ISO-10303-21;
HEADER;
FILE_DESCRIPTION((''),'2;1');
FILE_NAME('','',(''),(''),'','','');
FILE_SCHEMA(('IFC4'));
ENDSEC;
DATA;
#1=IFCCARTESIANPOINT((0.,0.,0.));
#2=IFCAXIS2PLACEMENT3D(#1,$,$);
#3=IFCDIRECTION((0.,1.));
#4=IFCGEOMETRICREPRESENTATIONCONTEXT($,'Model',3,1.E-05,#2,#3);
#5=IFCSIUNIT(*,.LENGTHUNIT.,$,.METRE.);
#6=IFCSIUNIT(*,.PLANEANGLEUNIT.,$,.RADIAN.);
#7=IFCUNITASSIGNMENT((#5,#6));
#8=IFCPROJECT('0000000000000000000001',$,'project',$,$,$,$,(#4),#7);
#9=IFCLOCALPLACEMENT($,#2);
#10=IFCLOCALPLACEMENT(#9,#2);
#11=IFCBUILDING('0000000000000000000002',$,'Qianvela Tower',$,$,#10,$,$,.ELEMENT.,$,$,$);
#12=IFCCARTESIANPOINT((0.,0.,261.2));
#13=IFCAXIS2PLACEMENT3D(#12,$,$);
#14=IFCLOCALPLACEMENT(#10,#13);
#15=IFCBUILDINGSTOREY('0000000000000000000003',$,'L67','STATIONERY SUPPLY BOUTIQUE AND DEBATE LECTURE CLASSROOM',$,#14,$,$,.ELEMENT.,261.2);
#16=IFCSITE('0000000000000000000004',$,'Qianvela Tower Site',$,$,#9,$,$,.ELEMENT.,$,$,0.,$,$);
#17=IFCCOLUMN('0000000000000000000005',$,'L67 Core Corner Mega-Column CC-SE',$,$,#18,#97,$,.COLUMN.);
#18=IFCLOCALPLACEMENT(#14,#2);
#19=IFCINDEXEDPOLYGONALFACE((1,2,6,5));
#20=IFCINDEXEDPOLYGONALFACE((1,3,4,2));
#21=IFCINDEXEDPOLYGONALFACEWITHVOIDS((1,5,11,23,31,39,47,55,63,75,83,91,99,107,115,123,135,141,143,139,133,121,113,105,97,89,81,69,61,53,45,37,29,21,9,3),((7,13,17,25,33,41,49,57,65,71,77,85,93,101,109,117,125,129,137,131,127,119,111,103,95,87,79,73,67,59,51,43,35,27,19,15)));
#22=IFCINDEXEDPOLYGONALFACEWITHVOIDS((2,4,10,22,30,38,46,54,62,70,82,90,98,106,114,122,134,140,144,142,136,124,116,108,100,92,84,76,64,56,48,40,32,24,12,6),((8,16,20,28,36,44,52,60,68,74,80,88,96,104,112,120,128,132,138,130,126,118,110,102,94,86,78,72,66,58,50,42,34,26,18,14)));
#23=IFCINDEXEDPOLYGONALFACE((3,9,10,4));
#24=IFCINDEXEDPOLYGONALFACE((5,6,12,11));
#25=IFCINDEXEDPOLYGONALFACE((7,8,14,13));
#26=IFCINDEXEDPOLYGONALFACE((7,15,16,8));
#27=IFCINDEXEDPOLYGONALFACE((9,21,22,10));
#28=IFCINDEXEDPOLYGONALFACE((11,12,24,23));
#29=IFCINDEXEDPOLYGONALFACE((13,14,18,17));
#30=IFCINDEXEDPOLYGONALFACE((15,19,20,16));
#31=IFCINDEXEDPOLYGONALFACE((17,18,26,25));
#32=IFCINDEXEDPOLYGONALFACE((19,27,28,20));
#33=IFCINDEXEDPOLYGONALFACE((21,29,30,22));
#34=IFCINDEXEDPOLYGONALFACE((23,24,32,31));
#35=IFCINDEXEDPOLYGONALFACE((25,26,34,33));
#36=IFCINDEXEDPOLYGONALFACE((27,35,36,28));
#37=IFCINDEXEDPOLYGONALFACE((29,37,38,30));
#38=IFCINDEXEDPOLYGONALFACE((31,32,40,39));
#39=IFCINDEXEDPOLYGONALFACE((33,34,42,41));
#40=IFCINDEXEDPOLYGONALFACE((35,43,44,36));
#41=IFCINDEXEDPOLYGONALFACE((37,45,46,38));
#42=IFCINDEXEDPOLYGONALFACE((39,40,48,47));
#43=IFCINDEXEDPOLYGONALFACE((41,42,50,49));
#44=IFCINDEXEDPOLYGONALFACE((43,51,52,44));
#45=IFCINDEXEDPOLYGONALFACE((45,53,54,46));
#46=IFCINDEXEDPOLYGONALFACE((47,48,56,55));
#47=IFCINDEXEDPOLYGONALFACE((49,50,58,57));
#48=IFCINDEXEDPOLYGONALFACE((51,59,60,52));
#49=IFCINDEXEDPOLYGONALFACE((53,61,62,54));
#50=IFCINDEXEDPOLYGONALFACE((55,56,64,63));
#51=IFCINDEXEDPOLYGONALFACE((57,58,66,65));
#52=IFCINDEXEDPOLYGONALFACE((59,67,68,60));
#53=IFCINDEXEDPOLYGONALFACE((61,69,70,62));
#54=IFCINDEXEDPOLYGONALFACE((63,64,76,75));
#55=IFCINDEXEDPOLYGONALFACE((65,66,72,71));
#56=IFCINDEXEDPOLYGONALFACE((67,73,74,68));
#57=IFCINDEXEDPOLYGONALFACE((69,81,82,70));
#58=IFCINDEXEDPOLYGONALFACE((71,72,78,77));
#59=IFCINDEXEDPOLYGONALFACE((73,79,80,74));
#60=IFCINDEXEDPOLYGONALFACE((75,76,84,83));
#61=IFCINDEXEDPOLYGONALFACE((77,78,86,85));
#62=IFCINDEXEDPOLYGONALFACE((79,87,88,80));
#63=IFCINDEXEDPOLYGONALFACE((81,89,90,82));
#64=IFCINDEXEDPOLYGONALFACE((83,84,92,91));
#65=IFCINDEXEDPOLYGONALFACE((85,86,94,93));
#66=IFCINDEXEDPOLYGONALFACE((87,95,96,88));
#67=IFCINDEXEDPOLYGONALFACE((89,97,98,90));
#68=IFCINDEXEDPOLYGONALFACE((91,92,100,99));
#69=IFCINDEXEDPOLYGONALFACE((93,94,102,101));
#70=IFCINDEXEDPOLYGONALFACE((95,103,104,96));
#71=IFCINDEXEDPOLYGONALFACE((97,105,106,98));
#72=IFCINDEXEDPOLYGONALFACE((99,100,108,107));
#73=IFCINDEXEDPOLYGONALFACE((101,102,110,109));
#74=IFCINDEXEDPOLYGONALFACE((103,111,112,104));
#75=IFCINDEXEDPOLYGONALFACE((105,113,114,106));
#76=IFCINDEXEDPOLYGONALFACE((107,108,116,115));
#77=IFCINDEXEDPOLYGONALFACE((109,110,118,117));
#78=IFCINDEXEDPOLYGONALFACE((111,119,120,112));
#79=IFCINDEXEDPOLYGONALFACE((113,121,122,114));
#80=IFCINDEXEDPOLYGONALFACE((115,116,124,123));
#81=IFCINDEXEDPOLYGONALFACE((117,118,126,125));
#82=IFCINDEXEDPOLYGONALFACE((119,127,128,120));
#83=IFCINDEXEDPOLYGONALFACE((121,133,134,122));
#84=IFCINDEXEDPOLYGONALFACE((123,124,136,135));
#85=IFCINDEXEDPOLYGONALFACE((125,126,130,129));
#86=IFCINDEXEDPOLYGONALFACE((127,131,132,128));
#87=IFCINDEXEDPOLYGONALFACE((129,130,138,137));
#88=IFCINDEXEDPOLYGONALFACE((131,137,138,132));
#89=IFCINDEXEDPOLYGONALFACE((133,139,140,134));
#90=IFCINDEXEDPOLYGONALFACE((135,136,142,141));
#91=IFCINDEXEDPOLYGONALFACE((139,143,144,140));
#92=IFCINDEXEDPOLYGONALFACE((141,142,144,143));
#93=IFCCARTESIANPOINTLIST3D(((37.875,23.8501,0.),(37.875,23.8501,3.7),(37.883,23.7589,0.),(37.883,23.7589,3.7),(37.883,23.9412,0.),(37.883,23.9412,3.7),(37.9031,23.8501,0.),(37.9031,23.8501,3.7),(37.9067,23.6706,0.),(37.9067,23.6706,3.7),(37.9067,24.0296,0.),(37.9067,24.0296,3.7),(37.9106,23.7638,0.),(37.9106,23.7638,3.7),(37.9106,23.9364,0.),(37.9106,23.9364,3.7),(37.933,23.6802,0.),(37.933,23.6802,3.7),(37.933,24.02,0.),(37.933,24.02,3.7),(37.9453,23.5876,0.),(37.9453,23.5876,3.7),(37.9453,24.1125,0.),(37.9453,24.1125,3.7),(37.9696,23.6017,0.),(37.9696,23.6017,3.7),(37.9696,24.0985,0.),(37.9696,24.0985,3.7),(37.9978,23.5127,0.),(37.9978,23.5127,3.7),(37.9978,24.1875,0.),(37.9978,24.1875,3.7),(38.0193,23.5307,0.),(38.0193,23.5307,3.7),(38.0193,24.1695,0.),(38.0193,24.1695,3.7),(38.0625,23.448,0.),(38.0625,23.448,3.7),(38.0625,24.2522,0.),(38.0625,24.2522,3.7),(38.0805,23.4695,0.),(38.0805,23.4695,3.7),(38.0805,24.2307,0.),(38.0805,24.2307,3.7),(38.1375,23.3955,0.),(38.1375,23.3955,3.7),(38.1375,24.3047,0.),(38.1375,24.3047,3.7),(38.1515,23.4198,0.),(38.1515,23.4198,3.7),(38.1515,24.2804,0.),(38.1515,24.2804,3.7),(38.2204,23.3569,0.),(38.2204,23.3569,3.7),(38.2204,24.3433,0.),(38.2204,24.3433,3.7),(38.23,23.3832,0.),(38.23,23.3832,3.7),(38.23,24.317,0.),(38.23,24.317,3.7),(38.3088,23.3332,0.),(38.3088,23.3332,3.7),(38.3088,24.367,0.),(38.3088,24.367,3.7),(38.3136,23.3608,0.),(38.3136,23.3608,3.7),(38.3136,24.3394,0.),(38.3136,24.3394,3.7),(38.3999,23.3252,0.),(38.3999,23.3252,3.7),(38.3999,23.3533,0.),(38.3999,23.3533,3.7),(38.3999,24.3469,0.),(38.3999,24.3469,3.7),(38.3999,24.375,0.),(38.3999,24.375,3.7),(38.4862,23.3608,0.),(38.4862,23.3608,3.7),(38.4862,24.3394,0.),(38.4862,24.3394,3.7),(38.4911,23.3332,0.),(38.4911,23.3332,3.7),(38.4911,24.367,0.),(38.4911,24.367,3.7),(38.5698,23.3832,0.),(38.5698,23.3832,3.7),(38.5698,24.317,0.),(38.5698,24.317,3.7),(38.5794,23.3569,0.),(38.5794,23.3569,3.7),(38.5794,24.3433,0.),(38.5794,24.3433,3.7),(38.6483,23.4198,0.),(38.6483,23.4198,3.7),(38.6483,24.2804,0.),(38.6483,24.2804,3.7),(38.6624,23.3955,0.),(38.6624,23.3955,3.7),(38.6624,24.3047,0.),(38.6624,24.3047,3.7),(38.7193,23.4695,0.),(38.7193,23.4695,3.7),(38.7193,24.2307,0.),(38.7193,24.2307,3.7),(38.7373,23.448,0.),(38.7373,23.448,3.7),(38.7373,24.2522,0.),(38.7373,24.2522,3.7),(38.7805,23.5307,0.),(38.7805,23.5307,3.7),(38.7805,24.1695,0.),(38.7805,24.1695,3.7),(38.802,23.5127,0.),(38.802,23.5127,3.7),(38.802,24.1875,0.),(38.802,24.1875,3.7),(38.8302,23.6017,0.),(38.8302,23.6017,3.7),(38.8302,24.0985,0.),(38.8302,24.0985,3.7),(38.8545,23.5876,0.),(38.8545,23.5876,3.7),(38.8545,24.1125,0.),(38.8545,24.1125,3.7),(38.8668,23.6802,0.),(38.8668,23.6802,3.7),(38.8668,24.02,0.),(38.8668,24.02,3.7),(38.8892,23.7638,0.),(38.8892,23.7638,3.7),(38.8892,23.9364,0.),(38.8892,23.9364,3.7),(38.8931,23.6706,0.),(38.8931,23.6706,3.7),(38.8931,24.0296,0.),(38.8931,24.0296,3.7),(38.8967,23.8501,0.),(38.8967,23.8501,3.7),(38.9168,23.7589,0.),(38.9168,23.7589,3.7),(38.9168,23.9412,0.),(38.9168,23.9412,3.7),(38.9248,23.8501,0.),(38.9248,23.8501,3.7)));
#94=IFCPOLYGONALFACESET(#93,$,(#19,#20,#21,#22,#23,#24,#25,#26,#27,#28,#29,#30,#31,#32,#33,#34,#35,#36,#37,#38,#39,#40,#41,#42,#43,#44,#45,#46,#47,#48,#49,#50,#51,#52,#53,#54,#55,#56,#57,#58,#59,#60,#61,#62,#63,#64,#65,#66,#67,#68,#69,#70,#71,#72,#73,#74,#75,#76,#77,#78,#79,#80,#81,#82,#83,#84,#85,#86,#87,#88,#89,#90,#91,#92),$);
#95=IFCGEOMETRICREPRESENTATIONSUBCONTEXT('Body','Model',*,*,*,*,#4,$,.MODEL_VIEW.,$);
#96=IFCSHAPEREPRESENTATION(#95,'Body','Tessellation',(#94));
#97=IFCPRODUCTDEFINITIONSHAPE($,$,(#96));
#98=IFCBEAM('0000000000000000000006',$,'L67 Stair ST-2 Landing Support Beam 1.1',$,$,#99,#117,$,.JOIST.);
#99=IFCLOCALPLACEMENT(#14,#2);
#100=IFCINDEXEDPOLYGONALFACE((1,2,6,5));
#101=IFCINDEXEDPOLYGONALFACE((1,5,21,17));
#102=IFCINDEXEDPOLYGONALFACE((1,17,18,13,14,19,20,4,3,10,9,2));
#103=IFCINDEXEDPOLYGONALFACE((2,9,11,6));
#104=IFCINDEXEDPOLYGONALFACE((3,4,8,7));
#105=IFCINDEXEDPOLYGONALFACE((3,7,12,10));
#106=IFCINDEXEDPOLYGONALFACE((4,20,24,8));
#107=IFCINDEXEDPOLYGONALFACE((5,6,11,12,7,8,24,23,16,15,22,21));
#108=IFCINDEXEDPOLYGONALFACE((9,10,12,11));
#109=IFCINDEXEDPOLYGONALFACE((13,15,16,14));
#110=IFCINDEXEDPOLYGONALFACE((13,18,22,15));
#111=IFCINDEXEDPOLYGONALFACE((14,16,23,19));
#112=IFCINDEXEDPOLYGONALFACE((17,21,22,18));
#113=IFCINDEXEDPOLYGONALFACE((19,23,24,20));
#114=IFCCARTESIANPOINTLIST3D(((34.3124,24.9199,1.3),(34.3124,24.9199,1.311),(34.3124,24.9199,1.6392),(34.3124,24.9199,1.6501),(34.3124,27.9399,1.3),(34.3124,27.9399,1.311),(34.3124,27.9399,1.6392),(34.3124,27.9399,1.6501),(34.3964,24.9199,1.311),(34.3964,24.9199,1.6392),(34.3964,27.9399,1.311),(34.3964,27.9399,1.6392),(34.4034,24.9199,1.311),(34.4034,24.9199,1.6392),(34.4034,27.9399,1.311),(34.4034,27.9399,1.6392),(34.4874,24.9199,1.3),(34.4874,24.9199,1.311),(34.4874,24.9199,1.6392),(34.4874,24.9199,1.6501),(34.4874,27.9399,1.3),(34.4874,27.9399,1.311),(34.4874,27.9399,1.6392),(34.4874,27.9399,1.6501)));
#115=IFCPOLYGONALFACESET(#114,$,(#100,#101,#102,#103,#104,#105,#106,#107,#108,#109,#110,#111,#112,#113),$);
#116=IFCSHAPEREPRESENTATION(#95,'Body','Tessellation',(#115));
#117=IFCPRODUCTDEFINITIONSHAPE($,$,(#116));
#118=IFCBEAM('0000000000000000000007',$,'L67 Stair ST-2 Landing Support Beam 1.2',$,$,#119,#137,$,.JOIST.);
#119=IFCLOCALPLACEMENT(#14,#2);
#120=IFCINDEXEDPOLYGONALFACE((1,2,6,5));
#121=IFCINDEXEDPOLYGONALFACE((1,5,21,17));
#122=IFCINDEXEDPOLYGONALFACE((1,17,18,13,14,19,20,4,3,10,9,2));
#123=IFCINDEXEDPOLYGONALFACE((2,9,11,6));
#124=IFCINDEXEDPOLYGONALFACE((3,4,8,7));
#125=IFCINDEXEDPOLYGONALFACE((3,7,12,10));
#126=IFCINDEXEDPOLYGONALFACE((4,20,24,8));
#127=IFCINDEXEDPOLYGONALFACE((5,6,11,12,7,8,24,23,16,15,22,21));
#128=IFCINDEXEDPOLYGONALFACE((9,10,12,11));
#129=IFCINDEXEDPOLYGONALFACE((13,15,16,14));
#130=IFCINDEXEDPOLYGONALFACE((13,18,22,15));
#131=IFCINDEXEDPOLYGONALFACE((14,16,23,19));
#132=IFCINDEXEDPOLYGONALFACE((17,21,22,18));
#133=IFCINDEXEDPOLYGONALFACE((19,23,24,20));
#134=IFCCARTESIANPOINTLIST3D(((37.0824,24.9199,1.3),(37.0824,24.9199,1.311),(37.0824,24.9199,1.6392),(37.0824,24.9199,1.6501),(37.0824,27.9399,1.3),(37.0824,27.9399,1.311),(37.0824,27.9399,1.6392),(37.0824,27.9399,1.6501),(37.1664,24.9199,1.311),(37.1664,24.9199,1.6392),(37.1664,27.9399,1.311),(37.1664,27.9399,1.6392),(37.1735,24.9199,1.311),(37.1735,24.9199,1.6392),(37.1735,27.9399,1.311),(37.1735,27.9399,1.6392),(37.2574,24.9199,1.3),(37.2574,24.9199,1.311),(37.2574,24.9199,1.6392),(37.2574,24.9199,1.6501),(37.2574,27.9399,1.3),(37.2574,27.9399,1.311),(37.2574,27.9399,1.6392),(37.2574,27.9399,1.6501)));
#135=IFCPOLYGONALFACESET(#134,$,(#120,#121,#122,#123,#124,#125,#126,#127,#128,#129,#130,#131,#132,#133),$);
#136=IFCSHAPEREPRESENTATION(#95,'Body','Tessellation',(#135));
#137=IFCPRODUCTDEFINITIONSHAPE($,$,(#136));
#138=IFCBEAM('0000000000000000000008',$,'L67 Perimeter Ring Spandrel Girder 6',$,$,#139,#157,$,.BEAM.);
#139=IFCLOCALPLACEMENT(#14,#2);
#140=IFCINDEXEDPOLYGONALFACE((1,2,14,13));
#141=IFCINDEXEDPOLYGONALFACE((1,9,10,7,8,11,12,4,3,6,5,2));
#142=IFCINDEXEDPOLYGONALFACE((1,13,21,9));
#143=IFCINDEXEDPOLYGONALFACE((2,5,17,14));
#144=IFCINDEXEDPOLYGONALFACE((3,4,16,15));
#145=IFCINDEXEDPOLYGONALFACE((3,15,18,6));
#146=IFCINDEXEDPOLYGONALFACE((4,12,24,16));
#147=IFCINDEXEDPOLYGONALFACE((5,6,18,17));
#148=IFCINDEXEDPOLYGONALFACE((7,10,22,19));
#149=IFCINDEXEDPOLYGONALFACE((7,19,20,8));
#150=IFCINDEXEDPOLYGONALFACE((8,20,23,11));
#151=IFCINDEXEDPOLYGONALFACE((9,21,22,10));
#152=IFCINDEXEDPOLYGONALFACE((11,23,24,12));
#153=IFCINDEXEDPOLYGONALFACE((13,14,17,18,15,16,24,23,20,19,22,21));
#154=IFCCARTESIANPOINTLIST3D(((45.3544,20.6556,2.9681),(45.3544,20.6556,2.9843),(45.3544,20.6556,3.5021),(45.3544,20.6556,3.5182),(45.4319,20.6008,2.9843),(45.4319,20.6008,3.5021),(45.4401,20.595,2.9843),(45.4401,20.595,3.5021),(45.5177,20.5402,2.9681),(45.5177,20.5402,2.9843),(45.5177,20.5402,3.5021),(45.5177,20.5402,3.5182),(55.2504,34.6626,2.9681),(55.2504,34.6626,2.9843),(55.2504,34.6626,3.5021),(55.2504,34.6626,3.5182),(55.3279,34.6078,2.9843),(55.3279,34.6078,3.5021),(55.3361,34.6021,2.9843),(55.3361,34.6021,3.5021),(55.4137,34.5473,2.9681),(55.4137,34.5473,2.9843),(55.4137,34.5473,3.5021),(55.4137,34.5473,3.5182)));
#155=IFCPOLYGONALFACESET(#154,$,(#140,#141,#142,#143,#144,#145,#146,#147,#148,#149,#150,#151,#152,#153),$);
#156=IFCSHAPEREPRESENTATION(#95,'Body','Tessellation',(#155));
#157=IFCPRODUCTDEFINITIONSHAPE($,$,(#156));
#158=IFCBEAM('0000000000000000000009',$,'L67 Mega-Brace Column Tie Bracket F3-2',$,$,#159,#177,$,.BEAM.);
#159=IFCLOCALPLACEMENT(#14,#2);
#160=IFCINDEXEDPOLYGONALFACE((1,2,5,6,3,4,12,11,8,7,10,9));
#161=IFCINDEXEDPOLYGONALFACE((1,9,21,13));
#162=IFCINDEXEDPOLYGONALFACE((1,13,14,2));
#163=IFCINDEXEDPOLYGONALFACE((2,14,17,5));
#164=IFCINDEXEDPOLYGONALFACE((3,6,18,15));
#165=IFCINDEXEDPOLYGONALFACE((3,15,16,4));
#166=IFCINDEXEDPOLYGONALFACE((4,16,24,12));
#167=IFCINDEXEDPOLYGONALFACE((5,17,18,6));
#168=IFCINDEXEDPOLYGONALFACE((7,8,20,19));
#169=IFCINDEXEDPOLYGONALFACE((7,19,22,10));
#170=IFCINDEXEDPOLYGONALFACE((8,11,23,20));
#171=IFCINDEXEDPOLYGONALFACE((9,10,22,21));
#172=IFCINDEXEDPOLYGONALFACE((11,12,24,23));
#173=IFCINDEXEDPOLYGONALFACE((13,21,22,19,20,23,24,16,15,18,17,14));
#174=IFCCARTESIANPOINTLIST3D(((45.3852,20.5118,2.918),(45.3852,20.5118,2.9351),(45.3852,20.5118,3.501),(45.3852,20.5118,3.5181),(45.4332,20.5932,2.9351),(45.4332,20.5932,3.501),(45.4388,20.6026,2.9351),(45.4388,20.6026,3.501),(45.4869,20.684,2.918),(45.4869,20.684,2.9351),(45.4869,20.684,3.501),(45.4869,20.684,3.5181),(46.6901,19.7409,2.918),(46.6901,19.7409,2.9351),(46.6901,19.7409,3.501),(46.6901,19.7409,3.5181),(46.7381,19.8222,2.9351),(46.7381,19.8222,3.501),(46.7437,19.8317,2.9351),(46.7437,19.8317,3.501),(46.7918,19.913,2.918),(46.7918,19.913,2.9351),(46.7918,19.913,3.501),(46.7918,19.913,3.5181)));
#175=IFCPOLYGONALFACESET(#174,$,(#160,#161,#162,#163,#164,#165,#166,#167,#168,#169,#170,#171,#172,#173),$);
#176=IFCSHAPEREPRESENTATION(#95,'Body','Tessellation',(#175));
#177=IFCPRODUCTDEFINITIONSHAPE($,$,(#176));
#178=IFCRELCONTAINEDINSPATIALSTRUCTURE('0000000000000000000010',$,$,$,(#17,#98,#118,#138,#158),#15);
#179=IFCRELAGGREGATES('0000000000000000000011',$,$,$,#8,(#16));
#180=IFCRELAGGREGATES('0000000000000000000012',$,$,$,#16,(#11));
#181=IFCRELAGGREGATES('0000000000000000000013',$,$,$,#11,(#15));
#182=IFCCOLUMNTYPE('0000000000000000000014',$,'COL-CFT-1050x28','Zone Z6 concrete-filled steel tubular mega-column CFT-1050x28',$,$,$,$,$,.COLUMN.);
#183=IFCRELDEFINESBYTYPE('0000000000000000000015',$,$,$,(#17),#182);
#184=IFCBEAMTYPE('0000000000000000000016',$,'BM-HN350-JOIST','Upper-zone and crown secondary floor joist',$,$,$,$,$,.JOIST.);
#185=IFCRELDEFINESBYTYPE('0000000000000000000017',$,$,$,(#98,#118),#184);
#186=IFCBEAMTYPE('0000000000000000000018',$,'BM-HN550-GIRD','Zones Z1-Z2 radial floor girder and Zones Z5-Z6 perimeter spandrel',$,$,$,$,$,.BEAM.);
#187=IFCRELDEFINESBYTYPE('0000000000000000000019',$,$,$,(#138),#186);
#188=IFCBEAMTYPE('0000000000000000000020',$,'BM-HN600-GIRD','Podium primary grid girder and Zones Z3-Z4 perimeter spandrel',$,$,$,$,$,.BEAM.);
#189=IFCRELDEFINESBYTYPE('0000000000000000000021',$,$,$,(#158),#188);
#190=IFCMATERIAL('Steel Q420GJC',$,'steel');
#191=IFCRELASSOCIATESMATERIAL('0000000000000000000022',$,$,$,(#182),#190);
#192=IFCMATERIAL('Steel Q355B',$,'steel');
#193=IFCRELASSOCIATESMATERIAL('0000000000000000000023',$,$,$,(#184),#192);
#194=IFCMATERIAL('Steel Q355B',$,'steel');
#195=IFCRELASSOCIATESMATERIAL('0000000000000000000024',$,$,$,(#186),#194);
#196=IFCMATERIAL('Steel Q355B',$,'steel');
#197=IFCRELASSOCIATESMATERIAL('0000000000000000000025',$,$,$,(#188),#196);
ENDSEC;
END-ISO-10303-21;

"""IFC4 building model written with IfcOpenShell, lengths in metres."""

from ifc_helpers import new_model, si_unit, direction, frame, origin, origin_2d, place, context, subcontext, project, spatial, hollow_circle, i_section, extrude, material, material_profile, profile_set, type_object, element, save


model = new_model("IFC4")

# Units and contexts
model_context = context("Model", 3, precision=1e-05, world=origin(), true_north=direction((0.0, 1.0)))
body_context = subcontext(model_context, "Body", "Model", "MODEL_VIEW")
ifc_project = project(units=[si_unit("LENGTHUNIT", "METRE"), si_unit("PLANEANGLEUNIT", "RADIAN")], contexts=[model_context])

# Site, building, storey
site_placement = place(None, origin())
site = spatial("IfcSite", under=ifc_project, at=site_placement, Name="Qianvela Tower Site", CompositionType="ELEMENT", RefElevation=0.0)
building_placement = place(site_placement, origin())
building = spatial("IfcBuilding", under=site, at=building_placement, Name="Qianvela Tower", CompositionType="ELEMENT")
storey_placement = place(building_placement, frame((0.0, 0.0, 261.2)))
storey = spatial("IfcBuildingStorey", under=building, at=storey_placement, Name="L67", Description="STATIONERY SUPPLY BOUTIQUE AND DEBATE LECTURE CLASSROOM", CompositionType="ELEMENT", Elevation=261.2)

# Column
ifc_material_1 = material(Name="Steel Q420GJC", Category="steel")
ifc_material_profile_1 = material_profile(ifc_material_1, hollow_circle(Radius=0.5249, WallThickness=0.0281, at=origin_2d()), Name="CFT-1050x28")
ifc_profile_set_1 = profile_set([ifc_material_profile_1], Name="Steel Q420GJC")
column_type = type_object("IfcColumnType", Name="COL-CFT-1050x28", Description="Zone Z6 concrete-filled steel tubular mega-column CFT-1050x28", PredefinedType="COLUMN", material=ifc_profile_set_1)
column_placement = place(storey_placement, frame((38.3999, 23.8501, 0.0), z_axis=(0.0, 0.0, 1.0), x_axis=(1.0, 0.0, 0.0)))
element("IfcColumn", 1, at=column_placement, inside=storey, type_object=column_type, Name="L67 Core Corner Mega-Column CC-SE", PredefinedType="COLUMN", context=body_context, shape_type="SweptSolid", body=[
    extrude(hollow_circle(Radius=0.5249, WallThickness=0.0281, at=origin_2d()), origin(), (0.0, 0.0, 1.0), 3.7),
])

# Beams
ifc_material_2 = material(Name="Steel Q355B", Category="steel")
ifc_material_profile_2 = material_profile(ifc_material_2, i_section(OverallWidth=0.175, OverallDepth=0.3501, WebThickness=0.0071, FlangeThickness=0.011, at=origin_2d()), Name="HN350x175x7x11")
ifc_profile_set_2 = profile_set([ifc_material_profile_2], Name="Steel Q355B")
beam_type_1 = type_object("IfcBeamType", Name="BM-HN350-JOIST", Description="Upper-zone and crown secondary floor joist", PredefinedType="JOIST", material=ifc_profile_set_2)
for number, where, z_axis, x_axis, name in (
    (2, (34.3999, 24.9199, 1.4751), (0.0, 1.0, 0.0), (-1.0, 0.0, 0.0), "L67 Stair ST-2 Landing Support Beam 1.1"),
    (3, (37.1699, 24.9199, 1.4751), (0.0, 1.0, 0.0), (-1.0, 0.0, 0.0), "L67 Stair ST-2 Landing Support Beam 1.2"),
):
    element("IfcBeam", number, at=place(storey_placement, frame(where, z_axis=z_axis, x_axis=x_axis)), inside=storey, type_object=beam_type_1, Name=name, PredefinedType="JOIST", context=body_context, shape_type="SweptSolid", body=[
        extrude(i_section(OverallWidth=0.175, OverallDepth=0.3501, WebThickness=0.0071, FlangeThickness=0.011, at=origin_2d()), origin(), (0.0, 0.0, 1.0), 3.02),
    ])
ifc_material_3 = material(Name="Steel Q355B", Category="steel")
ifc_material_profile_3 = material_profile(ifc_material_3, i_section(OverallWidth=0.2, OverallDepth=0.55, WebThickness=0.01, FlangeThickness=0.0161, at=origin_2d()), Name="HN550x200x10x16")
ifc_profile_set_3 = profile_set([ifc_material_profile_3], Name="Steel Q355B")
beam_type_2 = type_object("IfcBeamType", Name="BM-HN550-GIRD", Description="Zones Z1-Z2 radial floor girder and Zones Z5-Z6 perimeter spandrel", PredefinedType="BEAM", material=ifc_profile_set_3)
beam_1_placement = place(storey_placement, frame((45.436, 20.5979, 3.2432), z_axis=(0.57702, 0.81673, 0.0), x_axis=(-0.81673, 0.57702, 0.0)))
element("IfcBeam", 4, at=beam_1_placement, inside=storey, type_object=beam_type_2, Name="L67 Perimeter Ring Spandrel Girder 6", PredefinedType="BEAM", context=body_context, shape_type="SweptSolid", body=[
    extrude(i_section(OverallWidth=0.2, OverallDepth=0.55, WebThickness=0.01, FlangeThickness=0.0161, at=origin_2d()), origin(), (0.0, 0.0, 1.0), 17.1501),
])
ifc_material_4 = material(Name="Steel Q355B", Category="steel")
ifc_material_profile_4 = material_profile(ifc_material_4, i_section(OverallWidth=0.2, OverallDepth=0.6001, WebThickness=0.011, FlangeThickness=0.0171, at=origin_2d()), Name="HN600x200x11x17")
ifc_profile_set_4 = profile_set([ifc_material_profile_4], Name="Steel Q355B")
beam_type_3 = type_object("IfcBeamType", Name="BM-HN600-GIRD", Description="Podium primary grid girder and Zones Z3-Z4 perimeter spandrel", PredefinedType="BEAM", material=ifc_profile_set_4)
beam_2_placement = place(storey_placement, frame((45.436, 20.5979, 3.218), z_axis=(0.860955, -0.50868, 0.0), x_axis=(0.50868, 0.860955, 0.0)))
element("IfcBeam", 5, at=beam_2_placement, inside=storey, type_object=beam_type_3, Name="L67 Mega-Brace Column Tie Bracket F3-2", PredefinedType="BEAM", context=body_context, shape_type="SweptSolid", body=[
    extrude(i_section(OverallWidth=0.2, OverallDepth=0.6001, WebThickness=0.011, FlangeThickness=0.0171, at=origin_2d()), origin(), (0.0, 0.0, 1.0), 1.5156),
])

save(model, "model.ifc")
